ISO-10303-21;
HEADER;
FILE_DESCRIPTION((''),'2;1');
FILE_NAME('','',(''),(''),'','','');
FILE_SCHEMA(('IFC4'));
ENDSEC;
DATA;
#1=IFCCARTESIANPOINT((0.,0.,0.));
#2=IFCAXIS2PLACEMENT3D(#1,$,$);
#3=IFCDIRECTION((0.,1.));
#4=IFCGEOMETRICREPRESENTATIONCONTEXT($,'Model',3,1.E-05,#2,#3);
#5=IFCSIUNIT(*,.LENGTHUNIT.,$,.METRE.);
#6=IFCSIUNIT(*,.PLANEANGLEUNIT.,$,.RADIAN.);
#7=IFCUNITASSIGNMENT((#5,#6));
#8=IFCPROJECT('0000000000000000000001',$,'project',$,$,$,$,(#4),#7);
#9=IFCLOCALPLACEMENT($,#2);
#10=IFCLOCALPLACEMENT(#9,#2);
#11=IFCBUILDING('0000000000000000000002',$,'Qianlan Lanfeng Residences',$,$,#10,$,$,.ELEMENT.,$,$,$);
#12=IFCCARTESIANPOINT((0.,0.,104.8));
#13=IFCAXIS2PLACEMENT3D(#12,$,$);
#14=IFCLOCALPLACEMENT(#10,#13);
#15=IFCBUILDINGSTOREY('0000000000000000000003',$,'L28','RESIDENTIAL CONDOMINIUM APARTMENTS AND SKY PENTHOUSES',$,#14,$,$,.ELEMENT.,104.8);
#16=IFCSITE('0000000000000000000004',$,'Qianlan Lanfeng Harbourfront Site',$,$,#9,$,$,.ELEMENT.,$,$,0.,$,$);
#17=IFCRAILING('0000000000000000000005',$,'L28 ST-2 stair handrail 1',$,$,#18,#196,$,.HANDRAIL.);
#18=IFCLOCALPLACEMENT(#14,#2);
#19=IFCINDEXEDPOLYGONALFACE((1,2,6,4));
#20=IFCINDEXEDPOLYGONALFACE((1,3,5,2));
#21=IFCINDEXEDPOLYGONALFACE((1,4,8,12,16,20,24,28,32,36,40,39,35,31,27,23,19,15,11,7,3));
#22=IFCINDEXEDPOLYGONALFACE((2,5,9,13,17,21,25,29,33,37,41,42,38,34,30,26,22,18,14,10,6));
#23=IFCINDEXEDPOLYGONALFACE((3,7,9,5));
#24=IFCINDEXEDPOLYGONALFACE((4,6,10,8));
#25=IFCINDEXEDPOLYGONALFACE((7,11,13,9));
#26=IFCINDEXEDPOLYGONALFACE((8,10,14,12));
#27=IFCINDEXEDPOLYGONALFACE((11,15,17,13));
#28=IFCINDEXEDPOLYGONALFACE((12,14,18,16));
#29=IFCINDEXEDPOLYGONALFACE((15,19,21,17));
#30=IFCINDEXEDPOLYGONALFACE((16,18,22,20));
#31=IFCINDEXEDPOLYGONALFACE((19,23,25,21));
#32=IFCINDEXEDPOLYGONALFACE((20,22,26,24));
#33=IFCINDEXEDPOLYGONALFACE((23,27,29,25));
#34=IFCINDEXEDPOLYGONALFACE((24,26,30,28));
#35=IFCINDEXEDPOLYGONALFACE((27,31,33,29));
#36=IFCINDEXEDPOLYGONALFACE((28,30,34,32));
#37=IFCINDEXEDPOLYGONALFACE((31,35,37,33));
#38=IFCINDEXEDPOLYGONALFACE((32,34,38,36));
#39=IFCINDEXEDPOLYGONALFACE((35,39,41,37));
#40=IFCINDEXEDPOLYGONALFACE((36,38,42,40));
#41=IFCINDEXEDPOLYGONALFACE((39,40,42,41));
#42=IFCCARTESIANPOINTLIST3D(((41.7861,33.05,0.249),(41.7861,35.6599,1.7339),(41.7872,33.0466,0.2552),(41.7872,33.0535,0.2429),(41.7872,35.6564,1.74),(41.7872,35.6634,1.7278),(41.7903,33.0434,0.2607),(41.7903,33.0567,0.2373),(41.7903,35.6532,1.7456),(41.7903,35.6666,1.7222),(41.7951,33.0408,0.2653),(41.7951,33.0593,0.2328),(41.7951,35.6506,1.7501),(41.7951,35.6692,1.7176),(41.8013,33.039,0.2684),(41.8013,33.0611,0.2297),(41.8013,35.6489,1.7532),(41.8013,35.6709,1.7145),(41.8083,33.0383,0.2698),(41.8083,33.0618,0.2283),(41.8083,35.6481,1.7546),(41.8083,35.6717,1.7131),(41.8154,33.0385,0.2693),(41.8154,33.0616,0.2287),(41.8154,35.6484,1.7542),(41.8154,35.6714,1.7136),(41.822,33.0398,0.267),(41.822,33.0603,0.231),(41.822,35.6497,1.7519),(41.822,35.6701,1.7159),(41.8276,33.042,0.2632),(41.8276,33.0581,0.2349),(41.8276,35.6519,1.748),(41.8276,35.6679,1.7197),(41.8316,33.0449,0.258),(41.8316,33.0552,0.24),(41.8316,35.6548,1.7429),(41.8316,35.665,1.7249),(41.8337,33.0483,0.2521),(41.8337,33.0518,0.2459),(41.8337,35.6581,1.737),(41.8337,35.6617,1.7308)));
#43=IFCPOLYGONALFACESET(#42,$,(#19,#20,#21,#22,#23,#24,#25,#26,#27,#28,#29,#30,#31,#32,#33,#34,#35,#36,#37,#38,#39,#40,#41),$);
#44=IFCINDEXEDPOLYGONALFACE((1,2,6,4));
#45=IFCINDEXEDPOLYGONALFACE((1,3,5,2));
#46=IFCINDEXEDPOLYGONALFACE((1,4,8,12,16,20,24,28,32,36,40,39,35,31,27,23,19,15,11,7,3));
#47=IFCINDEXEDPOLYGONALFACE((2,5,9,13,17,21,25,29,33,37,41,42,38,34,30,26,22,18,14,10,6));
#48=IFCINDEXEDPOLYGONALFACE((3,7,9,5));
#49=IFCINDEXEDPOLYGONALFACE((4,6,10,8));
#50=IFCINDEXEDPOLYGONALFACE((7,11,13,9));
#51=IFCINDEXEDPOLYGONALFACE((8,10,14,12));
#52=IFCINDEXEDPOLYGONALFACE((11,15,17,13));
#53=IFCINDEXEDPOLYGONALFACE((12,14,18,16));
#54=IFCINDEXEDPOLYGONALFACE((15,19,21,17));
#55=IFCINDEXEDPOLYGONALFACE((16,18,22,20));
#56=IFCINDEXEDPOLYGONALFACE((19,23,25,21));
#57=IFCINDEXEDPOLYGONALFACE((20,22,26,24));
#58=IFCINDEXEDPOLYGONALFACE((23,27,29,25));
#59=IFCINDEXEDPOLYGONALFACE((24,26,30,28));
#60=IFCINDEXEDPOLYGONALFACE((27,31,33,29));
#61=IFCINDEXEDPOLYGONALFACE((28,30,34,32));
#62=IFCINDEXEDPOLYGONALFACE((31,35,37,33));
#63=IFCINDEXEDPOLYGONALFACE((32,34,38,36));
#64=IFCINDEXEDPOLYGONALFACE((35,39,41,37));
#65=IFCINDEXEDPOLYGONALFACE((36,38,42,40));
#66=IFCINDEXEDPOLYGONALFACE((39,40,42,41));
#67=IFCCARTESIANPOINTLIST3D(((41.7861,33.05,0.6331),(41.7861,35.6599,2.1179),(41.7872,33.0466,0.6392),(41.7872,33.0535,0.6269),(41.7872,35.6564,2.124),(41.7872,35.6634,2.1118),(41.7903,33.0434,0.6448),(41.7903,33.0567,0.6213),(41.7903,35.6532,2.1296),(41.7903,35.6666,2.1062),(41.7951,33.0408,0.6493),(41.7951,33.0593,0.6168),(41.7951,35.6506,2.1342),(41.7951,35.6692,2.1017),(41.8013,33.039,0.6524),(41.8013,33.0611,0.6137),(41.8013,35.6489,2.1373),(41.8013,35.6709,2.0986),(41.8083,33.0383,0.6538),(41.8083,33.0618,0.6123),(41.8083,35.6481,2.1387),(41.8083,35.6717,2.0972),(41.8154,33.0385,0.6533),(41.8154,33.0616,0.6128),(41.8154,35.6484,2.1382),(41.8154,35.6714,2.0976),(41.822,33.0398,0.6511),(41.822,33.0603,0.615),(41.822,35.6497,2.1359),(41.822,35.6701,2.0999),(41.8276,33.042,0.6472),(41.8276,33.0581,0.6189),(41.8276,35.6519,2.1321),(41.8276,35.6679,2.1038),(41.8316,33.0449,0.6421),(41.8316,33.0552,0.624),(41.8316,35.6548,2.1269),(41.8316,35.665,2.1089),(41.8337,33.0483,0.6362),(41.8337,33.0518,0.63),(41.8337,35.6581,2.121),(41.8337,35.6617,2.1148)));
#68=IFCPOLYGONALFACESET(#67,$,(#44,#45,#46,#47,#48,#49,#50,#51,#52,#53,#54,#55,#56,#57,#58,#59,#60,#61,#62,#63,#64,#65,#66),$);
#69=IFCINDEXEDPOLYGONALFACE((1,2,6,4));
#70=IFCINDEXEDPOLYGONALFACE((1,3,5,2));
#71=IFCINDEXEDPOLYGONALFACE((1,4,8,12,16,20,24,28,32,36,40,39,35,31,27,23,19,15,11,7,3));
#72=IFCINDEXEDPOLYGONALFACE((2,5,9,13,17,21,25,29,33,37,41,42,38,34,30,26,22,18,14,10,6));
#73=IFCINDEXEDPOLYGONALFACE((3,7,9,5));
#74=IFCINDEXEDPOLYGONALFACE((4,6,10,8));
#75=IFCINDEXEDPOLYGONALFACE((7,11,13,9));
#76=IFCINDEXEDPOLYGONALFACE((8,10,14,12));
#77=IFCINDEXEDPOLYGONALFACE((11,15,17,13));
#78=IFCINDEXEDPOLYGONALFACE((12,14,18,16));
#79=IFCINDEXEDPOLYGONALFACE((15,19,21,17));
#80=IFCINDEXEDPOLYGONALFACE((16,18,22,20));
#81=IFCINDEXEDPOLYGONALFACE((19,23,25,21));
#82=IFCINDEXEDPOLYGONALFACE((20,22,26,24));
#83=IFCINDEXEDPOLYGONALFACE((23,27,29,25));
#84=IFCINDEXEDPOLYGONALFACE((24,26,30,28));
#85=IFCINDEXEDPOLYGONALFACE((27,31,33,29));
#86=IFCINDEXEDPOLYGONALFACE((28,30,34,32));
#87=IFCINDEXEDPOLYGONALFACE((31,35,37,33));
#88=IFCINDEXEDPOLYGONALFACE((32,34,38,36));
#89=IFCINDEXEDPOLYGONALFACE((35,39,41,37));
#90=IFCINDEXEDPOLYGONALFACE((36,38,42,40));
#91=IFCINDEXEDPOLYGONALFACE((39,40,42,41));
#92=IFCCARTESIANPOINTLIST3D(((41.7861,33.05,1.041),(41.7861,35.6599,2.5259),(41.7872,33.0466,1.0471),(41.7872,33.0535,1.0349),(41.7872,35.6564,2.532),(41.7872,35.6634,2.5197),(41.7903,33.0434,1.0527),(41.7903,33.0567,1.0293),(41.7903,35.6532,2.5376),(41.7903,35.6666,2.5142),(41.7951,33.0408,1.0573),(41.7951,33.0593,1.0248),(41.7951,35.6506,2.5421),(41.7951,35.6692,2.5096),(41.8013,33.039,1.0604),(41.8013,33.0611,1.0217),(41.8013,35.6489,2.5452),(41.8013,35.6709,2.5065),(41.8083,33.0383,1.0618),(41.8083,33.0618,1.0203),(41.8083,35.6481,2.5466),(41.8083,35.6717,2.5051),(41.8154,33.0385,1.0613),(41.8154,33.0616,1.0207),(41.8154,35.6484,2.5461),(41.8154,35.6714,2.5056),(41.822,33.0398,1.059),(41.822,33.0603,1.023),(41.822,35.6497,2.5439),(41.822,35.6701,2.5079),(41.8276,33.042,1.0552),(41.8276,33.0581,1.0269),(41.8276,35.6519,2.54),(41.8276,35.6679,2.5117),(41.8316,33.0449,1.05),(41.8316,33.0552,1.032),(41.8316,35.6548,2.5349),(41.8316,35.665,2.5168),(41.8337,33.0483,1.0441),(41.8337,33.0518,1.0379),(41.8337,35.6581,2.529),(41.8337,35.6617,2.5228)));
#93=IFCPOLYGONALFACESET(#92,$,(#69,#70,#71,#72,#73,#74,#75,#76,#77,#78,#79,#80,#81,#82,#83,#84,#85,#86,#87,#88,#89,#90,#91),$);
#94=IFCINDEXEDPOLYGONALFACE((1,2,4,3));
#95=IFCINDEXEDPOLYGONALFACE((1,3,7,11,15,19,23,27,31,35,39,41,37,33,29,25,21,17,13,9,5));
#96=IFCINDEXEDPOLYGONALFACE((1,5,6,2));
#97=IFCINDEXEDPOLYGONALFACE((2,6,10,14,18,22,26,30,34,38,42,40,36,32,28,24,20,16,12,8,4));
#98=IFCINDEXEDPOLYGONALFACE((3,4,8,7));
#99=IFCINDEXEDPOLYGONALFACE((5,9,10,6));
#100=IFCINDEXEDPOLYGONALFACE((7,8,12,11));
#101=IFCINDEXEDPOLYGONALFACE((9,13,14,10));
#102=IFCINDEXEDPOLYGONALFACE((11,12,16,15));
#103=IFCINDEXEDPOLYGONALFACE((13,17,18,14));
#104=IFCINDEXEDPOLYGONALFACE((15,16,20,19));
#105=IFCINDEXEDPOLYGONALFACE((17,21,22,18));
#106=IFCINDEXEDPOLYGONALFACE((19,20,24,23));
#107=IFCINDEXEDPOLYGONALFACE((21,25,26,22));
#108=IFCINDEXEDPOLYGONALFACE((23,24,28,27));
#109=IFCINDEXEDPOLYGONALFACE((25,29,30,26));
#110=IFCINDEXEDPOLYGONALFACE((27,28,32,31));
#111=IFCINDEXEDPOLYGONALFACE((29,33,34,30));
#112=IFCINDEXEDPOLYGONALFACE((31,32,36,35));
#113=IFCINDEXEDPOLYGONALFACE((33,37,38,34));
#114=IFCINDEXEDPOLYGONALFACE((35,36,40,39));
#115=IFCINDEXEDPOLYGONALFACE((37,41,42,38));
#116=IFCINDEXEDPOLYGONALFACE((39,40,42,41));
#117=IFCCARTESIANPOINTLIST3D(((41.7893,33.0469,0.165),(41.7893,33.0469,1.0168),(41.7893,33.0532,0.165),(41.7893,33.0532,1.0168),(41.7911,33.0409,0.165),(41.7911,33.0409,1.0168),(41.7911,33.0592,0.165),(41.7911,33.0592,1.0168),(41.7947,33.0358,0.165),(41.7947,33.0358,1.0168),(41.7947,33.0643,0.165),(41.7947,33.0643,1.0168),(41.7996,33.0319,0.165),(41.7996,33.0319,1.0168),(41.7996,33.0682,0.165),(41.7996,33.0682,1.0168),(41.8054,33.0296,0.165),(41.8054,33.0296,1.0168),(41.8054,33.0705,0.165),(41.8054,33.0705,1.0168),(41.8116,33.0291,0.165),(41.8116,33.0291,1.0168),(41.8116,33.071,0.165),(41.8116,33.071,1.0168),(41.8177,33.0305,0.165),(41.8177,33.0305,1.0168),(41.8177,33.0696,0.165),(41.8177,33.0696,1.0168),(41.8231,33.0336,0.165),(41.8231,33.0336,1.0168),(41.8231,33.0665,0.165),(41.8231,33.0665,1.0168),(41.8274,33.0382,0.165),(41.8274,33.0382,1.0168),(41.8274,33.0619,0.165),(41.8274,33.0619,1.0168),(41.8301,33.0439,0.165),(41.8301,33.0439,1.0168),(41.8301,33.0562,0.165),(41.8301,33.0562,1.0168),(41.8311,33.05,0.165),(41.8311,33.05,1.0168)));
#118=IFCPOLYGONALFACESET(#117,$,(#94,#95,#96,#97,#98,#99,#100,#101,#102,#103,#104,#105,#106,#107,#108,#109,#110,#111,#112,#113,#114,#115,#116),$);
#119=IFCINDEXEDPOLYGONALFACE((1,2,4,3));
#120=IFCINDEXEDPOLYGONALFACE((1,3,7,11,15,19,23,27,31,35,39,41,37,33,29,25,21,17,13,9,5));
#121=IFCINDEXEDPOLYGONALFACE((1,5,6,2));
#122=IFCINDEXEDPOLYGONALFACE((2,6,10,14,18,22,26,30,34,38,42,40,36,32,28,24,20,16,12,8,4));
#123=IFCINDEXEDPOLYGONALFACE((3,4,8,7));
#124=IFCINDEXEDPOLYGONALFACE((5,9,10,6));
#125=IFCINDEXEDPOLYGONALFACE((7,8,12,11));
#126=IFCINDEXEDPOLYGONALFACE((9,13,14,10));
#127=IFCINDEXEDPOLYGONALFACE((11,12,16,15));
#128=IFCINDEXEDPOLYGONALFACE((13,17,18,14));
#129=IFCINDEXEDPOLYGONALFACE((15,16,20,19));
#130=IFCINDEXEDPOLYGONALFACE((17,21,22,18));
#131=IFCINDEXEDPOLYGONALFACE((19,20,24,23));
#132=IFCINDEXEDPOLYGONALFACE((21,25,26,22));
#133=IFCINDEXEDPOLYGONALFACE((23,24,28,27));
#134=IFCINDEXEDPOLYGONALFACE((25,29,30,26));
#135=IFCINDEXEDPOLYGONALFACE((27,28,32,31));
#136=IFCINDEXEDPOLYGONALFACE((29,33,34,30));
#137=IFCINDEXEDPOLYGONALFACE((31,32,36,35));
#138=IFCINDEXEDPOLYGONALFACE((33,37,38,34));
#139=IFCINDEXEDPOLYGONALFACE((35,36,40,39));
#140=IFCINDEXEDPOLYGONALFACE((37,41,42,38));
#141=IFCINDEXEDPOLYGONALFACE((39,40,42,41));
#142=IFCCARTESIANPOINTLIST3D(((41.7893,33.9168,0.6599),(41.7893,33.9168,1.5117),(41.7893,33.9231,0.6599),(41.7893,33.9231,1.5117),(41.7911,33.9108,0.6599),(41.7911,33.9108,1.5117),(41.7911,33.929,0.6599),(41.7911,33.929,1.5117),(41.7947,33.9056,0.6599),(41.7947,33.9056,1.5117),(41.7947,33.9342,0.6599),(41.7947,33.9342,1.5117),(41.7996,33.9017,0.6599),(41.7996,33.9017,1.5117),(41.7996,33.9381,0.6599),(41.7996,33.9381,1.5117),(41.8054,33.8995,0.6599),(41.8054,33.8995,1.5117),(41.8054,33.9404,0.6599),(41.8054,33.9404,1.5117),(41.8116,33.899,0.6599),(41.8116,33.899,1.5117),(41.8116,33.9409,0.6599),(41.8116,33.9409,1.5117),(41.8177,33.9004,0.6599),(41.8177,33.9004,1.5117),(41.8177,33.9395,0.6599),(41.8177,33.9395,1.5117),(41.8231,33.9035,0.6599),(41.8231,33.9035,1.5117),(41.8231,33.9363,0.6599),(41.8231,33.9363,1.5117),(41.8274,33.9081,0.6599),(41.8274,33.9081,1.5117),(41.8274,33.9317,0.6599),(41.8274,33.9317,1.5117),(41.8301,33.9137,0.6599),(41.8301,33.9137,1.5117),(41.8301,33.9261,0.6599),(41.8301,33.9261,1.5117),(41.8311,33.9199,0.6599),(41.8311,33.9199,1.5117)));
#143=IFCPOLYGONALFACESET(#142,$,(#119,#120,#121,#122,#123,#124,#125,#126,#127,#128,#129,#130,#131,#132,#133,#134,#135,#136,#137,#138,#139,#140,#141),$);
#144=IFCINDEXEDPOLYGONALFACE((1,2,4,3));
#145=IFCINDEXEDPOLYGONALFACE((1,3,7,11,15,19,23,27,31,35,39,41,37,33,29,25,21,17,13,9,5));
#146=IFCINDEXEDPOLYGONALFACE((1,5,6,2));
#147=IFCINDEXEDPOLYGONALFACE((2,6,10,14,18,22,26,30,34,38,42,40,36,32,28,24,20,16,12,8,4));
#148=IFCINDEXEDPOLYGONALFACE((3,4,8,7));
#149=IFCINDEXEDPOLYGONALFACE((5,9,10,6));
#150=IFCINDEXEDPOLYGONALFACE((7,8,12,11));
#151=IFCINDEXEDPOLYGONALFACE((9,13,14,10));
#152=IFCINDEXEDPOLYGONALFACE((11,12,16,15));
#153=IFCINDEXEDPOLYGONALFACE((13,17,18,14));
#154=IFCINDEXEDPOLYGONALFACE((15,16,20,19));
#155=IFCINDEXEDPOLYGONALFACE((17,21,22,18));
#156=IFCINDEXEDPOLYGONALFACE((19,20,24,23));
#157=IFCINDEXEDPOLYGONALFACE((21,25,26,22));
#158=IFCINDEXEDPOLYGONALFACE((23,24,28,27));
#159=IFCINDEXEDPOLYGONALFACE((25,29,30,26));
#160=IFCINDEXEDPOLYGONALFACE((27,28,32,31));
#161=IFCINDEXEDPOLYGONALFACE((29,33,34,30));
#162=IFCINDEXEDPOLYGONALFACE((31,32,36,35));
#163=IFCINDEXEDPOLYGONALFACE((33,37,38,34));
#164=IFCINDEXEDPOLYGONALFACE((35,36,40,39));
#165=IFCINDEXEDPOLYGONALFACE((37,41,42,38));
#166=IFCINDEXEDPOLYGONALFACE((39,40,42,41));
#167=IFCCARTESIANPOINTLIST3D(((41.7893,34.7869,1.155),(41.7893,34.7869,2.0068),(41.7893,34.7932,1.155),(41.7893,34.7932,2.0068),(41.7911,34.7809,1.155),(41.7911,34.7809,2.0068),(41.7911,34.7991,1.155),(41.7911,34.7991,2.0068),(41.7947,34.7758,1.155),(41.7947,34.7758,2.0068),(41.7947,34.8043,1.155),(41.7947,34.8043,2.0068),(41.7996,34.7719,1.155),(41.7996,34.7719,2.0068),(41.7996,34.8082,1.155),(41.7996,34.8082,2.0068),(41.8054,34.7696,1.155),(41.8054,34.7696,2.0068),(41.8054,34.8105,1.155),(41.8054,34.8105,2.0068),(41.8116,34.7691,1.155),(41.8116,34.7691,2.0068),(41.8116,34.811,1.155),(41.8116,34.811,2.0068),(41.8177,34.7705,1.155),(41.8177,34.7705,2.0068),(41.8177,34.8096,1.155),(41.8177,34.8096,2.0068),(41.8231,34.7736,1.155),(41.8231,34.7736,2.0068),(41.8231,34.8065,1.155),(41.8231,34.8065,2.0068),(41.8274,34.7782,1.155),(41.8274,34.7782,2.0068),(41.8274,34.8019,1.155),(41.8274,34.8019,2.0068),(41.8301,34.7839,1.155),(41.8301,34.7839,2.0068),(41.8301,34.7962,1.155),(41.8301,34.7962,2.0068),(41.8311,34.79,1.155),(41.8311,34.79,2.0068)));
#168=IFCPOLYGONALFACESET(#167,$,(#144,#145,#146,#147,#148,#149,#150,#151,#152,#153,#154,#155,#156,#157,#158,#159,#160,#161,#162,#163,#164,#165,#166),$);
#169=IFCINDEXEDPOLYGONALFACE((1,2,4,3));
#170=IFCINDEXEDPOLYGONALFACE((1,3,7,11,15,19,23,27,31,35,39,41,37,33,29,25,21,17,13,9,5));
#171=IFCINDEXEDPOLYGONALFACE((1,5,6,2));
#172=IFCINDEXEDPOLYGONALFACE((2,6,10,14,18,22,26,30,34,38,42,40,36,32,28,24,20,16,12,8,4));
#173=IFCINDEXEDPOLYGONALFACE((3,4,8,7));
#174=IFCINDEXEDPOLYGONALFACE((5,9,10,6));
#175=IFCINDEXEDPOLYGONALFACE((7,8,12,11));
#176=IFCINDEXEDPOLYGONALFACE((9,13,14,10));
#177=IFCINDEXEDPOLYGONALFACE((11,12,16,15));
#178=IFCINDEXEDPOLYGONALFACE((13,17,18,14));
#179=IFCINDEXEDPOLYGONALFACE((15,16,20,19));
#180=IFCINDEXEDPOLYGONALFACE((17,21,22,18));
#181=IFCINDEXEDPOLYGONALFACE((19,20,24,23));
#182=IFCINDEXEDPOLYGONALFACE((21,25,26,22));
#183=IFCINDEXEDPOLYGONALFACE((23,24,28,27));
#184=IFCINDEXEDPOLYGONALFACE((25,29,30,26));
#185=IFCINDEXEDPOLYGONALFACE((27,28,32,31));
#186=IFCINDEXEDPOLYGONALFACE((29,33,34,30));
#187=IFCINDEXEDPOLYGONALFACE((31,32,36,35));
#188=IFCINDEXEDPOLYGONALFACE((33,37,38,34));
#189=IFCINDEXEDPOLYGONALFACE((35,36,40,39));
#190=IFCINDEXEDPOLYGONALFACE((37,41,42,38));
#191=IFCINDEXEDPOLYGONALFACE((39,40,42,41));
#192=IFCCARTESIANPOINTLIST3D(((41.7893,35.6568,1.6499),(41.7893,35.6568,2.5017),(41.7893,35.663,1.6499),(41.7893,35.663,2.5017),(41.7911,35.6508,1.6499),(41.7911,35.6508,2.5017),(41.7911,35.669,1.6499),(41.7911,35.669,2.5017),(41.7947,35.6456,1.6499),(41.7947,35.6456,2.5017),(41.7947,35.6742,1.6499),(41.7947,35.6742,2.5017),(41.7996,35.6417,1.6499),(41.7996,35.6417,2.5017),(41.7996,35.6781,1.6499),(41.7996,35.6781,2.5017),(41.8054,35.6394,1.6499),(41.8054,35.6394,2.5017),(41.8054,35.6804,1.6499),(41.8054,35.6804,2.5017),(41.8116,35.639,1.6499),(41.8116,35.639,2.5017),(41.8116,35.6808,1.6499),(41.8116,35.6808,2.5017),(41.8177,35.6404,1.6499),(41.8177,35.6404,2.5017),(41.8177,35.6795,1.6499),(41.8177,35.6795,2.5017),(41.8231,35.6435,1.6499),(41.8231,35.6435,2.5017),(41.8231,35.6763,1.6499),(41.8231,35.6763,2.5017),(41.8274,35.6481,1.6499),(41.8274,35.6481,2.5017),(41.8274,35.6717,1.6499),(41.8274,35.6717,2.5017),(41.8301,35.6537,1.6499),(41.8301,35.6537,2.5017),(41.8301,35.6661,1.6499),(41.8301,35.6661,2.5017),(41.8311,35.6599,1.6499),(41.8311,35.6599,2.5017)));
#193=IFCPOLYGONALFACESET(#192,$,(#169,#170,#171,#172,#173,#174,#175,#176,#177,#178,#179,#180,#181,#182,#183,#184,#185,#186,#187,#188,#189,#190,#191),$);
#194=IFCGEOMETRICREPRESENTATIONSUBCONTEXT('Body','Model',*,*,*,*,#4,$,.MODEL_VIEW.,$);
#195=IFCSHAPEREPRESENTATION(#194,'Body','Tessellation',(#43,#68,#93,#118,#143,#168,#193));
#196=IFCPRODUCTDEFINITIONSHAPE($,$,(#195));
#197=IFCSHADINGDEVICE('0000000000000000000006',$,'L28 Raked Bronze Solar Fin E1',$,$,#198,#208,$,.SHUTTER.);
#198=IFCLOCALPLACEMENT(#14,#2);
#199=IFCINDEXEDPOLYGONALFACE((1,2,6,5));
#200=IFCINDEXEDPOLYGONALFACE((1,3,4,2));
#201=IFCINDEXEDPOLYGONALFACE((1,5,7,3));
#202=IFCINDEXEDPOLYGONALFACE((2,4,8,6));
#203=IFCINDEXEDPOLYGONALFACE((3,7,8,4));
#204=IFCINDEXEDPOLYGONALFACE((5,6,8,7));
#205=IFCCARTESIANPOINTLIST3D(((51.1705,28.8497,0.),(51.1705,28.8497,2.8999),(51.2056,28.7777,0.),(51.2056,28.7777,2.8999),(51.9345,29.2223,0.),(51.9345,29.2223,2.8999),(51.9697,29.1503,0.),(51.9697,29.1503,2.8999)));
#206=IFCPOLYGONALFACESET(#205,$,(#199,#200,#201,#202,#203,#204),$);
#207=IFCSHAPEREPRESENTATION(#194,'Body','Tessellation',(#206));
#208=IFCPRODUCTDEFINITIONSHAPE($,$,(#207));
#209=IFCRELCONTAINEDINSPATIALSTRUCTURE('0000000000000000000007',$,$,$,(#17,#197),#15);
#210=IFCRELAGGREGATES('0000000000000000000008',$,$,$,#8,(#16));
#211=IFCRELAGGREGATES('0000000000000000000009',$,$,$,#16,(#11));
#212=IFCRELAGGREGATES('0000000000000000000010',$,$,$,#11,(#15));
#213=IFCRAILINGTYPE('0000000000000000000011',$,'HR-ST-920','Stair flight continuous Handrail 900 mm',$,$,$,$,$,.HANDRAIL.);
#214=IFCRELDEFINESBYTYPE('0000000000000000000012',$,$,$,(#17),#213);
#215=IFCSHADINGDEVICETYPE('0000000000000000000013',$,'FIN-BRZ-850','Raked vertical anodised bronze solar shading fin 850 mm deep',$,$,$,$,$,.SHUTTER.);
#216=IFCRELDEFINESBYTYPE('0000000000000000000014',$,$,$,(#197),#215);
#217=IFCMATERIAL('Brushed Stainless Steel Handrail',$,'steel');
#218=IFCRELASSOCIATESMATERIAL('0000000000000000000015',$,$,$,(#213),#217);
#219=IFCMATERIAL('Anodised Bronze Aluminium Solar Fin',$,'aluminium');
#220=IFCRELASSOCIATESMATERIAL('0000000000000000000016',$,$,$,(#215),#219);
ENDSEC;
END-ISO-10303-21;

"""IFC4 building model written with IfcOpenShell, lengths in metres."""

from ifc_helpers import new_model, si_unit, direction, frame, origin, origin_2d, place, context, subcontext, project, spatial, rectangle, circle, extrude, source, transform, mapped, material, type_object, element, save


model = new_model("IFC4")

# Units and contexts
model_context = context("Model", 3, precision=1e-05, world=origin(), true_north=direction((0.0, 1.0)))
body_context = subcontext(model_context, "Body", "Model", "MODEL_VIEW")
ifc_project = project(units=[si_unit("LENGTHUNIT", "METRE"), si_unit("PLANEANGLEUNIT", "RADIAN")], contexts=[model_context])

# Site, building, storey
site_placement = place(None, origin())
site = spatial("IfcSite", under=ifc_project, at=site_placement, Name="Qianlan Lanfeng Harbourfront Site", CompositionType="ELEMENT", RefElevation=0.0)
building_placement = place(site_placement, origin())
building = spatial("IfcBuilding", under=site, at=building_placement, Name="Qianlan Lanfeng Residences", CompositionType="ELEMENT")
storey_placement = place(building_placement, frame((0.0, 0.0, 104.8)))
storey = spatial("IfcBuildingStorey", under=building, at=storey_placement, Name="L28", Description="RESIDENTIAL CONDOMINIUM APARTMENTS AND SKY PENTHOUSES", CompositionType="ELEMENT", Elevation=104.8)

# Railing
ifc_material_1 = material(Name="Brushed Stainless Steel Handrail", Category="steel")
railing_type_1 = type_object("IfcRailingType", Name="HR-ST-920", Description="Stair flight continuous Handrail 900 mm", PredefinedType="HANDRAIL", material=ifc_material_1)
railing_1_placement = place(storey_placement, frame((41.8101, 33.05, 0.165)))
element("IfcRailing", 1, at=railing_1_placement, inside=storey, type_object=railing_type_1, Name="L28 ST-2 stair handrail 1", PredefinedType="HANDRAIL", context=body_context, shape_type="SweptSolid", body=[
    extrude(circle(Radius=0.0239, at=origin_2d()), frame((0.0, 0.0, 0.084), z_axis=(0.0, 0.869172, 0.494509), x_axis=(-1.0, 0.0, 0.0)), (0.0, 0.0, 1.0), 3.0027),
    extrude(circle(Radius=0.0239, at=origin_2d()), frame((0.0, 0.0, 0.468), z_axis=(0.0, 0.869172, 0.494509), x_axis=(-1.0, 0.0, 0.0)), (0.0, 0.0, 1.0), 3.0027),
    extrude(circle(Radius=0.0239, at=origin_2d()), frame((0.0, 0.0, 0.876), z_axis=(0.0, 0.869172, 0.494509), x_axis=(-1.0, 0.0, 0.0)), (0.0, 0.0, 1.0), 3.0027),
    extrude(circle(Radius=0.021, at=origin_2d()), origin(), (0.0, 0.0, 1.0), 0.8518),
    extrude(circle(Radius=0.021, at=origin_2d()), frame((0.0, 0.8699, 0.4949)), (0.0, 0.0, 1.0), 0.8518),
    extrude(circle(Radius=0.021, at=origin_2d()), frame((0.0, 1.74, 0.99)), (0.0, 0.0, 1.0), 0.8518),
    extrude(circle(Radius=0.021, at=origin_2d()), frame((0.0, 2.6099, 1.4849)), (0.0, 0.0, 1.0), 0.8518),
])

# Shading device
ifc_material_2 = material(Name="Anodised Bronze Aluminium Solar Fin", Category="aluminium")
shading_device_type = type_object("IfcShadingDeviceType", Name="FIN-BRZ-850", Description="Raked vertical anodised bronze solar shading fin 850 mm deep", PredefinedType="SHUTTER", material=ifc_material_2)
shared_shape_1 = source(origin(), body_context, "Body", "SweptSolid", [
    extrude(rectangle(XDim=0.8501, YDim=0.0801, at=origin_2d()), origin(), (0.0, 0.0, 1.0), 2.8999),
])
for number, where, z_axis, x_axis, name in (
    (2, (51.5701, 29.0, 0.0), (0.0, 0.0, 1.0), (0.898794, 0.438371, 0.0), "L28 Raked Bronze Solar Fin E1"),
):
    element("IfcShadingDevice", number, at=place(storey_placement, frame(where, z_axis=z_axis, x_axis=x_axis)), inside=storey, type_object=shading_device_type, Name=name, PredefinedType="SHUTTER", context=body_context, shape_type="MappedRepresentation", body=[
        mapped(shared_shape_1, transform((0.0, 0.0, 0.0), scale=1.0)),
    ])

save(model, "model.ifc")
